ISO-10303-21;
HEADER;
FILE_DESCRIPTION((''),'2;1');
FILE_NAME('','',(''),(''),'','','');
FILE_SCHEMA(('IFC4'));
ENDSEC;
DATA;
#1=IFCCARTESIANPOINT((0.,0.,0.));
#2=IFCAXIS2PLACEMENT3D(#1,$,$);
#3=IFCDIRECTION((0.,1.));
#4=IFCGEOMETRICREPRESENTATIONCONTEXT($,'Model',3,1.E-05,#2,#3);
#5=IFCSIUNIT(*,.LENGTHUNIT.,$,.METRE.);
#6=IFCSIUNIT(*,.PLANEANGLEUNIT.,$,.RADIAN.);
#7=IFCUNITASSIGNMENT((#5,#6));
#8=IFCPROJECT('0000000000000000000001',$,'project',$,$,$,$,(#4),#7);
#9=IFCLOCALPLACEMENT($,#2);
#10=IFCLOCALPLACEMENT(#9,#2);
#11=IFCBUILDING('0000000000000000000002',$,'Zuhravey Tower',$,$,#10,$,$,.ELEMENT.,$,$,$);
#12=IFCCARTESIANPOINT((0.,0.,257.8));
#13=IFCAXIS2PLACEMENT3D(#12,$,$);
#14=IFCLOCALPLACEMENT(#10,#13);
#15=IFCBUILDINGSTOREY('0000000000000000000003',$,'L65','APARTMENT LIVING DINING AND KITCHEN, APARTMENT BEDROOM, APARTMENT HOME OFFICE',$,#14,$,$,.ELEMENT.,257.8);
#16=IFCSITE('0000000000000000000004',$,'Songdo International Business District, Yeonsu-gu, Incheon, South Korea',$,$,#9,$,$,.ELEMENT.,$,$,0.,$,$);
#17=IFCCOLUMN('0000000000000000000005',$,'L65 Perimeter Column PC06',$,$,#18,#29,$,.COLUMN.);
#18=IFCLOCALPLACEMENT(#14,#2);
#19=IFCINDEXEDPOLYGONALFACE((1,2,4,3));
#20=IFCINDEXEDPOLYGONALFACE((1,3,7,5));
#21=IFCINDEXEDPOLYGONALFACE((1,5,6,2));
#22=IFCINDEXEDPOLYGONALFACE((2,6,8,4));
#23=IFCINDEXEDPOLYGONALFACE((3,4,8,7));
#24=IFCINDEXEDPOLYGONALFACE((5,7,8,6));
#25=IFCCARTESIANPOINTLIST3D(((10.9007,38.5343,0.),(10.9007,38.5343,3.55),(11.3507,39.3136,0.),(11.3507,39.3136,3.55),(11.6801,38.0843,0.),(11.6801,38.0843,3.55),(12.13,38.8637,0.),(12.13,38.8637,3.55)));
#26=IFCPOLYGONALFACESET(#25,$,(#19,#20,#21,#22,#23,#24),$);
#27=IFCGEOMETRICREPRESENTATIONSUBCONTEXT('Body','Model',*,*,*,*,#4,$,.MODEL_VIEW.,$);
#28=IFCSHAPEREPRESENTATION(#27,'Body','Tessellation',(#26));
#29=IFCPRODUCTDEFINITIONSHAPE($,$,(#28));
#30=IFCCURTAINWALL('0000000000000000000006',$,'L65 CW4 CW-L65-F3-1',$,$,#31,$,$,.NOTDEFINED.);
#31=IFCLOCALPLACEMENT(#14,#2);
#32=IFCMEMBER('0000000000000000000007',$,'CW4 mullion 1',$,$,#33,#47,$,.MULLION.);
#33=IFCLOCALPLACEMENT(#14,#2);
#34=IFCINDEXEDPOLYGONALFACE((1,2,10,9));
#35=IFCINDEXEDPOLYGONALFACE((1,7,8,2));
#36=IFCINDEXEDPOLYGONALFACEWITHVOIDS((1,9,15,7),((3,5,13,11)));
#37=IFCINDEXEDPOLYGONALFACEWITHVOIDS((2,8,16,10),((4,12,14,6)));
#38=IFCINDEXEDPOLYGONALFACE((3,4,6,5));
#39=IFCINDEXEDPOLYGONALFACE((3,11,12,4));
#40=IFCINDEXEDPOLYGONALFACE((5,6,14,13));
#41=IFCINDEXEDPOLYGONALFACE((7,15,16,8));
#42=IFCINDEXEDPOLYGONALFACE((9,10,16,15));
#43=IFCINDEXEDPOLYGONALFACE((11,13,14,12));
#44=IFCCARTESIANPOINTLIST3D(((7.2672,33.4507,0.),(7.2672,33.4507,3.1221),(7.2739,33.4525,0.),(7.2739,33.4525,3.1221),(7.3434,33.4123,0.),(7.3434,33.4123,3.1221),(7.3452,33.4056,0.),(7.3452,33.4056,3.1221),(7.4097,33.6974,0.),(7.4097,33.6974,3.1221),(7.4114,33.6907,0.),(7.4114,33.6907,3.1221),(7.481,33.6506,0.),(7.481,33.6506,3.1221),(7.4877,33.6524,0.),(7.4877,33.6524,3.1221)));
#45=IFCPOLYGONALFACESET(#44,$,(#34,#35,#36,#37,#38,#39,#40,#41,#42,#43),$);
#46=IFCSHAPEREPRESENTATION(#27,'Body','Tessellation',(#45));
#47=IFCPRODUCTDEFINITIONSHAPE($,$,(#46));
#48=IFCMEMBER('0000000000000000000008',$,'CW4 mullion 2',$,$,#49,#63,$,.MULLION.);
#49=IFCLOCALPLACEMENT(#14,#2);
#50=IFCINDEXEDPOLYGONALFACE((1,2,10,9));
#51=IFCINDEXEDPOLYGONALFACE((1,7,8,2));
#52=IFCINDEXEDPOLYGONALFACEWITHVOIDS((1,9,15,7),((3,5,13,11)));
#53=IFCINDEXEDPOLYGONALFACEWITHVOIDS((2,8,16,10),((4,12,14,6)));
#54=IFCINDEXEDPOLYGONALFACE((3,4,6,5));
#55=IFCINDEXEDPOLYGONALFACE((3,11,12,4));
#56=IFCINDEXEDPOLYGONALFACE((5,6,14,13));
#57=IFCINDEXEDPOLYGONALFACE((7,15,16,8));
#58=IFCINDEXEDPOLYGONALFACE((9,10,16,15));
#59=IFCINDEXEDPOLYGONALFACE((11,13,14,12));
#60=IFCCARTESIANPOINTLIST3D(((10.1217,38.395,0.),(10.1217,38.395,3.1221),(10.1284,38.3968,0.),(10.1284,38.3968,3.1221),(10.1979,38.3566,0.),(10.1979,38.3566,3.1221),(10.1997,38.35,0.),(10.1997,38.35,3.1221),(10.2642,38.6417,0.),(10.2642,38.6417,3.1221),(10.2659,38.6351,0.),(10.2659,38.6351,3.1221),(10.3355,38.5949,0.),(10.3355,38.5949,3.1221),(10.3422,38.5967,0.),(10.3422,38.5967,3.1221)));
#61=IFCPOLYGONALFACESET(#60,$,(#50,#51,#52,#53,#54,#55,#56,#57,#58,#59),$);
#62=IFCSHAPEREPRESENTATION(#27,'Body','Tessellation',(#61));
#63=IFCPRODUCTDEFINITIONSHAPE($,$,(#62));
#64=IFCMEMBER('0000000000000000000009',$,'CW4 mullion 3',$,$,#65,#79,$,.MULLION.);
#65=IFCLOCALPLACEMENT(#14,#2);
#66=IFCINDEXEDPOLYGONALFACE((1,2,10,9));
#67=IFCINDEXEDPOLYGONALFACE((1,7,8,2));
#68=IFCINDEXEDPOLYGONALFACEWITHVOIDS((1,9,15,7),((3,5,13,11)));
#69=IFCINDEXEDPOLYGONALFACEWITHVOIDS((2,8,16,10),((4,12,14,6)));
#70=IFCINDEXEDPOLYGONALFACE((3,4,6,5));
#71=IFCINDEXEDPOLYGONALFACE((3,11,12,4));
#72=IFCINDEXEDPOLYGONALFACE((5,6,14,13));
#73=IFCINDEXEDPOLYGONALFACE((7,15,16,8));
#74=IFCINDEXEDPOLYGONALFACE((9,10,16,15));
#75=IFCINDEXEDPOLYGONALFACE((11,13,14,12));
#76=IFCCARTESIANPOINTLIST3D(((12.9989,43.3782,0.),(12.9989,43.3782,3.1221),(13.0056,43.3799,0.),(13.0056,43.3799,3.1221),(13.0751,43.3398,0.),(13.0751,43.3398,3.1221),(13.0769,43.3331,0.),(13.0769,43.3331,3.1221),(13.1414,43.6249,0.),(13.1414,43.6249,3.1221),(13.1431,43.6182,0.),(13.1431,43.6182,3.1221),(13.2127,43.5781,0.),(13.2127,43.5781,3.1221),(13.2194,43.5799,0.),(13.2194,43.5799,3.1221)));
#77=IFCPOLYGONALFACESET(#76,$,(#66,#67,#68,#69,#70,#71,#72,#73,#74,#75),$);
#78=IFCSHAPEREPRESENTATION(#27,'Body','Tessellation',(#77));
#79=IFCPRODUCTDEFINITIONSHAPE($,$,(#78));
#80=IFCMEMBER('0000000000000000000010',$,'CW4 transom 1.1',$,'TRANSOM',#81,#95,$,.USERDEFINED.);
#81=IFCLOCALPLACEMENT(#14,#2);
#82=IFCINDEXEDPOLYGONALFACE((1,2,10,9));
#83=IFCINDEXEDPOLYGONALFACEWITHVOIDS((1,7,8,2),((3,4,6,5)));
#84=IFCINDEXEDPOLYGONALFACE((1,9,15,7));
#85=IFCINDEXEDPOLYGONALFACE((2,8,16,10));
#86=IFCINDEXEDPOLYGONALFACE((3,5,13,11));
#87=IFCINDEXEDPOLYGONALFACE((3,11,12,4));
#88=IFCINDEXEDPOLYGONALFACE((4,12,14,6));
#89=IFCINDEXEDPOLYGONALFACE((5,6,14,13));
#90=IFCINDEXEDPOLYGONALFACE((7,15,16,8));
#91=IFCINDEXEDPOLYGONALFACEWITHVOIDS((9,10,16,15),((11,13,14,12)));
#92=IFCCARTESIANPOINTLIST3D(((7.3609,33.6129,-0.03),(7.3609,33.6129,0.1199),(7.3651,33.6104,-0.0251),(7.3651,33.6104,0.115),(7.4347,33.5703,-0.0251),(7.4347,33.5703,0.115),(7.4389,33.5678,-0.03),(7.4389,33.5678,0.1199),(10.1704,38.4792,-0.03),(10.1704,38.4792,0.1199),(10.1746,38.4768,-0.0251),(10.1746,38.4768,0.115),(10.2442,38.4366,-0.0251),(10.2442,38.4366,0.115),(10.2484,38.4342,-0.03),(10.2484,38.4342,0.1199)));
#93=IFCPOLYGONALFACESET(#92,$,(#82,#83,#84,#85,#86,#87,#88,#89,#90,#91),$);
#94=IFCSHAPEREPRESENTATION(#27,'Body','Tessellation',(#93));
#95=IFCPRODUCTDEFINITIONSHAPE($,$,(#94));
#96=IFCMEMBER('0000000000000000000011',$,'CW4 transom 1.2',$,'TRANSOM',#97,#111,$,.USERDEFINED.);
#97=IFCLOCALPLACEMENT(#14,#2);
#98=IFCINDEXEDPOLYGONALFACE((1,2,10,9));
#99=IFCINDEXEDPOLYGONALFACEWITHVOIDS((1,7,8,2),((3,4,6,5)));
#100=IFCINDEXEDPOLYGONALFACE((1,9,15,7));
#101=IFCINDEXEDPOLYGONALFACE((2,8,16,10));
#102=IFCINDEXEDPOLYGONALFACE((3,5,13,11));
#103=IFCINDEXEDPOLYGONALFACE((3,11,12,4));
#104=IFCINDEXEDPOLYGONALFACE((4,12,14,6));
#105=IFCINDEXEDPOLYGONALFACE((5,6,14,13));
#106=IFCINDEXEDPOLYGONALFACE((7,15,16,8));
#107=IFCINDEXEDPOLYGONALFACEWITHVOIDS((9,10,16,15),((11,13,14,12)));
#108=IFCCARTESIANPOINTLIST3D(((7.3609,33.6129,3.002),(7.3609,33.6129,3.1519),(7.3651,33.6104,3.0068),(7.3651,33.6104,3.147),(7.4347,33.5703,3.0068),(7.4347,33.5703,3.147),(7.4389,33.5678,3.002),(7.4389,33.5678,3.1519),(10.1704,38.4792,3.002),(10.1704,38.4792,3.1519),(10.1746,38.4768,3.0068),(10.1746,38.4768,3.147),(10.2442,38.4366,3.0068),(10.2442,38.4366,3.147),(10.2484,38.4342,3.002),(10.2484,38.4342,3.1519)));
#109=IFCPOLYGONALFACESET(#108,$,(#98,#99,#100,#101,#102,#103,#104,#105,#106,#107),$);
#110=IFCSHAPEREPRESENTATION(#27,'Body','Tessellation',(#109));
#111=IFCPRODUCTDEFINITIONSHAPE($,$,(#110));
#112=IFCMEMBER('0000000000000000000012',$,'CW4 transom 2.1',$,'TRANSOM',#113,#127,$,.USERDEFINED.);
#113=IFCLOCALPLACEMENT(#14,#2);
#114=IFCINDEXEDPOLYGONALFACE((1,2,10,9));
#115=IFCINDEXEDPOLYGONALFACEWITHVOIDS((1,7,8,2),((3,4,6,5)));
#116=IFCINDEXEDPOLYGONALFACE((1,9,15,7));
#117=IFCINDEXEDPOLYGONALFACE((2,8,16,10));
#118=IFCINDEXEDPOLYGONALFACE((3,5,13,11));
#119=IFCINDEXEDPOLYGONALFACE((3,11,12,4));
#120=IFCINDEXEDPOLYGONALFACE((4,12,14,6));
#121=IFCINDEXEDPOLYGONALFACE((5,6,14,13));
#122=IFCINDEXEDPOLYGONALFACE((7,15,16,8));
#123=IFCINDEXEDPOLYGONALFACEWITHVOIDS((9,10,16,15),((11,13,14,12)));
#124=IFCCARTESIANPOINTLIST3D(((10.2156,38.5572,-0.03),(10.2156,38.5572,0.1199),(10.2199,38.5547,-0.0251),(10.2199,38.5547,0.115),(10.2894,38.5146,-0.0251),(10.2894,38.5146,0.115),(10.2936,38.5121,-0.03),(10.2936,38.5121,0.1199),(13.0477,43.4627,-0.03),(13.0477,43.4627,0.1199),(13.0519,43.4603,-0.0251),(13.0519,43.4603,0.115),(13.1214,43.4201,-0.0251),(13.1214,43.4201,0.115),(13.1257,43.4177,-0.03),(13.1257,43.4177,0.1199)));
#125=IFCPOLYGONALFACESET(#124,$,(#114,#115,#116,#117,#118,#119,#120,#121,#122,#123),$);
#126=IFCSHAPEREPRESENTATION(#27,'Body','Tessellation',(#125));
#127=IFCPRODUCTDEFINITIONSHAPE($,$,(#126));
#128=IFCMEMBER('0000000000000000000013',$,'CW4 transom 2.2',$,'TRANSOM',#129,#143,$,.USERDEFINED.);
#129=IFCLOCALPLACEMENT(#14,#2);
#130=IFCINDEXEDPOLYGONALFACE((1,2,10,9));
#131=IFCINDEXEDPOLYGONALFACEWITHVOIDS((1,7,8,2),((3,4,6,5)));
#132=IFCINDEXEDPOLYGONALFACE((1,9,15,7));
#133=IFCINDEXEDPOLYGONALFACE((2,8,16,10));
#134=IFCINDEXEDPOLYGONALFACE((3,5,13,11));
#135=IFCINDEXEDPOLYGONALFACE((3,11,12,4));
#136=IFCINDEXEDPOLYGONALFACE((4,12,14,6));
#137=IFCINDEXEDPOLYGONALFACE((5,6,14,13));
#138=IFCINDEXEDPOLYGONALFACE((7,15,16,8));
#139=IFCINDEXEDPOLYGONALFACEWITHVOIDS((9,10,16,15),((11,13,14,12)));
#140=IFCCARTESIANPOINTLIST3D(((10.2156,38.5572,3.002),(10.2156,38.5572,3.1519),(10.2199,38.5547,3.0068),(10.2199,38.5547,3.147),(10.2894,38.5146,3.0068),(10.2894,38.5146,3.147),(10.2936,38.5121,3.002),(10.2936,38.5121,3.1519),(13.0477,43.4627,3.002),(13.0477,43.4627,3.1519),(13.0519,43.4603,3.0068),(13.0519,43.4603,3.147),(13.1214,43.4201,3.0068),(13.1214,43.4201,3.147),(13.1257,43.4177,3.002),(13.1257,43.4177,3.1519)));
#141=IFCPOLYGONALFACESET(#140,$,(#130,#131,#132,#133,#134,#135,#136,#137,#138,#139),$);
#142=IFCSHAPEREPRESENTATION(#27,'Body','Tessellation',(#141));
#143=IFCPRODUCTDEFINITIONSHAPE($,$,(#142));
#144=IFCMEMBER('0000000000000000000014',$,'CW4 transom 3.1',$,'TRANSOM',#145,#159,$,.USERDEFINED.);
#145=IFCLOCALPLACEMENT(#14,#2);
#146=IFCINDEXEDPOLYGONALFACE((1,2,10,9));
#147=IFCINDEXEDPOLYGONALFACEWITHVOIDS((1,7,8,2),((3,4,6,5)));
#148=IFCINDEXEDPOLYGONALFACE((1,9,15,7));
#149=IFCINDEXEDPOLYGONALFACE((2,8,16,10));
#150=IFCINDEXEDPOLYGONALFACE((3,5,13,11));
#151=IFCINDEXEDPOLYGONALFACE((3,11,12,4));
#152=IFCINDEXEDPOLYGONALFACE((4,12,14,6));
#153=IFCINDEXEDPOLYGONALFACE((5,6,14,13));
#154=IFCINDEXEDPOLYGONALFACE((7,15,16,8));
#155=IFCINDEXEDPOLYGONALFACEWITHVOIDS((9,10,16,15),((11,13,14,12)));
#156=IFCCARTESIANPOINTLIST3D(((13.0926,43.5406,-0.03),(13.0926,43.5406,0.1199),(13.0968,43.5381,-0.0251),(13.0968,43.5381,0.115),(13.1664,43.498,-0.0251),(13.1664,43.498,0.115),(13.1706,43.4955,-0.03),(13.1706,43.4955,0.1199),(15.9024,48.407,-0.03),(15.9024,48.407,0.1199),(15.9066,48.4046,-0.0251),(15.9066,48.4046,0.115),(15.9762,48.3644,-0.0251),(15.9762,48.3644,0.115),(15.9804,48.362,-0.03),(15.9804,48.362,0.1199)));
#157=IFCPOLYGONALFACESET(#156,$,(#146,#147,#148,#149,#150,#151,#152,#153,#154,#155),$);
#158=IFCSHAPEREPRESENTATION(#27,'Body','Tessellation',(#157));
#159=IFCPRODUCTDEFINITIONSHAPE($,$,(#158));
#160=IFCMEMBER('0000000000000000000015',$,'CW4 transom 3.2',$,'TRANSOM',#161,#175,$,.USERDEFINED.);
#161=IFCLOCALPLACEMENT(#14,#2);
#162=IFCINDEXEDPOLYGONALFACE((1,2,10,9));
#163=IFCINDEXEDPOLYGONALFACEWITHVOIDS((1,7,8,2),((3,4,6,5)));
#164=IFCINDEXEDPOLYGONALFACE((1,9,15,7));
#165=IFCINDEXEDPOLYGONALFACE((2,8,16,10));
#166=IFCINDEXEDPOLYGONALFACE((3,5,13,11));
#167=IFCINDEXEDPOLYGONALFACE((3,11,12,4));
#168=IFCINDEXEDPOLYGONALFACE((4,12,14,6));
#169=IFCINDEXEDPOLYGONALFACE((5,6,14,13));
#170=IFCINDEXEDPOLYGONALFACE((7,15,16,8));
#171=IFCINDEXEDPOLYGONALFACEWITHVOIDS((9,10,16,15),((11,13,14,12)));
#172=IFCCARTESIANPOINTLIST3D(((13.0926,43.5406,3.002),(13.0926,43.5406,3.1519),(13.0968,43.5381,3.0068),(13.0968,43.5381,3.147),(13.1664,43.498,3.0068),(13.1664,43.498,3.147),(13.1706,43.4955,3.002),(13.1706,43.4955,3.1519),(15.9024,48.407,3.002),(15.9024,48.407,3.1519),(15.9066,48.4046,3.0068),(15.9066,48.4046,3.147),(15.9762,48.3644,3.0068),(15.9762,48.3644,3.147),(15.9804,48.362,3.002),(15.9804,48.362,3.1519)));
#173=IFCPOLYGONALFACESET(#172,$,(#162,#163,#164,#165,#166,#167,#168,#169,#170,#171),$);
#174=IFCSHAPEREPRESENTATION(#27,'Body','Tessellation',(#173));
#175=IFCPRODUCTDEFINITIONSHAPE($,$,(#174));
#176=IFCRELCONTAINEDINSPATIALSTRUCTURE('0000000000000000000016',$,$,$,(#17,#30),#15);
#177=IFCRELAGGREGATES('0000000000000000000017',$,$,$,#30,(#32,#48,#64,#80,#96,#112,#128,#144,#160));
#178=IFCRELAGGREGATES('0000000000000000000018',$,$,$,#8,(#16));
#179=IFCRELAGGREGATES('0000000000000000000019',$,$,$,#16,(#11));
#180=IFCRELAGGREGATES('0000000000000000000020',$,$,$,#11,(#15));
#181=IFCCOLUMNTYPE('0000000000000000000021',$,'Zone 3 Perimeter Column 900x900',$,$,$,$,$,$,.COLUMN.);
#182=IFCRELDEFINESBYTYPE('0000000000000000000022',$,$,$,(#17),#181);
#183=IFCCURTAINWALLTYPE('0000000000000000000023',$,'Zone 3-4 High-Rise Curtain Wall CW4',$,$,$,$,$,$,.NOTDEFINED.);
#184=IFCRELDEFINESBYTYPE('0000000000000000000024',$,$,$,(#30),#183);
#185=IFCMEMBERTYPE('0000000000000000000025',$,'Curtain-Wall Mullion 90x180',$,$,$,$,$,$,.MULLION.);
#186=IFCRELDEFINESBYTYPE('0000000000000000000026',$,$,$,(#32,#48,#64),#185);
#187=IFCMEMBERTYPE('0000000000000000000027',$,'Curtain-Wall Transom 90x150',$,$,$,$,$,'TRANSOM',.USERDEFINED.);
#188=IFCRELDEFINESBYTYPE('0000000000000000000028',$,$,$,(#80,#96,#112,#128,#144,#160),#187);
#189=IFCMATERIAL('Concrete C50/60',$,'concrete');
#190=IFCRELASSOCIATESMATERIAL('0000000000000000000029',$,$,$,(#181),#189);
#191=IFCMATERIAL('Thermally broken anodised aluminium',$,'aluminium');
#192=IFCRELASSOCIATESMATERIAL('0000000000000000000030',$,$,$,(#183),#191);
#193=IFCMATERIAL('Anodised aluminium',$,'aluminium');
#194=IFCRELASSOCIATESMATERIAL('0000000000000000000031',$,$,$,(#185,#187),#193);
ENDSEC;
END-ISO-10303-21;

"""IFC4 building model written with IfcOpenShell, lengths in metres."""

from ifc_helpers import new_model, si_unit, direction, frame, origin, origin_2d, place, context, subcontext, project, spatial, rectangle, hollow_rectangle, extrude, material, material_profile, profile_set, type_object, element, aggregate, save


model = new_model("IFC4")

# Units and contexts
model_context = context("Model", 3, precision=1e-05, world=origin(), true_north=direction((0.0, 1.0)))
body_context = subcontext(model_context, "Body", "Model", "MODEL_VIEW")
ifc_project = project(units=[si_unit("LENGTHUNIT", "METRE"), si_unit("PLANEANGLEUNIT", "RADIAN")], contexts=[model_context])

# Site, building, storey
site_placement = place(None, origin())
site = spatial("IfcSite", under=ifc_project, at=site_placement, Name="Songdo International Business District, Yeonsu-gu, Incheon, South Korea", CompositionType="ELEMENT", RefElevation=0.0)
building_placement = place(site_placement, origin())
building = spatial("IfcBuilding", under=site, at=building_placement, Name="Zuhravey Tower", CompositionType="ELEMENT")
storey_placement = place(building_placement, frame((0.0, 0.0, 257.8)))
storey = spatial("IfcBuildingStorey", under=building, at=storey_placement, Name="L65", Description="APARTMENT LIVING DINING AND KITCHEN, APARTMENT BEDROOM, APARTMENT HOME OFFICE", CompositionType="ELEMENT", Elevation=257.8)

# Column
ifc_material_1 = material(Name="Concrete C50/60", Category="concrete")
ifc_material_profile_1 = material_profile(ifc_material_1, rectangle(XDim=0.8999, YDim=0.8999, at=origin_2d()), Name="RC-900x900")
ifc_profile_set_1 = profile_set([ifc_material_profile_1], Name="Concrete C50/60")
column_type = type_object("IfcColumnType", Name="Zone 3 Perimeter Column 900x900", PredefinedType="COLUMN", material=ifc_profile_set_1)
column_placement = place(storey_placement, frame((11.5154, 38.699, 0.0), z_axis=(0.0, 0.0, 1.0), x_axis=(-0.5, -0.866025, 0.0)))
element("IfcColumn", 1, at=column_placement, inside=storey, type_object=column_type, Name="L65 Perimeter Column PC06", PredefinedType="COLUMN", context=body_context, shape_type="SweptSolid", body=[
    extrude(rectangle(XDim=0.8999, YDim=0.8999, at=origin_2d()), origin(), (0.0, 0.0, 1.0), 3.55),
])

# Curtain wall, members
ifc_material_2 = material(Name="Thermally broken anodised aluminium", Category="aluminium")
curtain_wall_type = type_object("IfcCurtainWallType", Name="Zone 3-4 High-Rise Curtain Wall CW4", PredefinedType="NOTDEFINED", material=ifc_material_2)
curtain_wall_placement = place(storey_placement, origin())
curtain_wall = element("IfcCurtainWall", 2, at=curtain_wall_placement, inside=storey, type_object=curtain_wall_type, Name="L65 CW4 CW-L65-F3-1", PredefinedType="NOTDEFINED")
ifc_material_3 = material(Name="Anodised aluminium", Category="aluminium")
ifc_material_profile_2 = material_profile(ifc_material_3, hollow_rectangle(XDim=0.0901, YDim=0.2849, WallThickness=0.0049, at=origin_2d()), Name="ALU-RHS-90x285x5")
ifc_profile_set_2 = profile_set([ifc_material_profile_2], Name="Anodised aluminium")
member_type_1 = type_object("IfcMemberType", Name="Curtain-Wall Mullion 90x180", PredefinedType="MULLION", material=ifc_profile_set_2)
member_1_placement = place(storey_placement, frame((7.3774, 33.5515, 0.0), z_axis=(0.0, 0.0, 1.0), x_axis=(-0.866024, 0.500003, 0.0)))
member_1 = element("IfcMember", 3, at=member_1_placement, type_object=member_type_1, Name="CW4 mullion 1", PredefinedType="MULLION", context=body_context, shape_type="SweptSolid", body=[
    extrude(hollow_rectangle(XDim=0.0901, YDim=0.2849, WallThickness=0.0049, at=origin_2d()), origin(), (0.0, 0.0, 1.0), 3.1221),
])
member_2_placement = place(storey_placement, frame((10.2319, 38.4958, 0.0), z_axis=(0.0, 0.0, 1.0), x_axis=(-0.866024, 0.500003, 0.0)))
member_2 = element("IfcMember", 4, at=member_2_placement, type_object=member_type_1, Name="CW4 mullion 2", PredefinedType="MULLION", context=body_context, shape_type="SweptSolid", body=[
    extrude(hollow_rectangle(XDim=0.0901, YDim=0.2849, WallThickness=0.0049, at=origin_2d()), origin(), (0.0, 0.0, 1.0), 3.1221),
])
member_3_placement = place(storey_placement, frame((13.1091, 43.479, 0.0), z_axis=(0.0, 0.0, 1.0), x_axis=(-0.866024, 0.500003, 0.0)))
member_3 = element("IfcMember", 5, at=member_3_placement, type_object=member_type_1, Name="CW4 mullion 3", PredefinedType="MULLION", context=body_context, shape_type="SweptSolid", body=[
    extrude(hollow_rectangle(XDim=0.0901, YDim=0.2849, WallThickness=0.0049, at=origin_2d()), origin(), (0.0, 0.0, 1.0), 3.1221),
])
ifc_material_profile_3 = material_profile(ifc_material_3, hollow_rectangle(XDim=0.0901, YDim=0.1499, WallThickness=0.0049, at=origin_2d()), Name="ALU-RHS-90x150x5")
ifc_profile_set_3 = profile_set([ifc_material_profile_3], Name="Anodised aluminium")
member_type_2 = type_object("IfcMemberType", Name="Curtain-Wall Transom 90x150", ElementType="TRANSOM", PredefinedType="USERDEFINED", material=ifc_profile_set_3)
member_4_placement = place(storey_placement, frame((7.3999, 33.5903, 0.0449), z_axis=(0.499989, 0.866031, 0.0), x_axis=(-0.866031, 0.499989, 0.0)))
member_4 = element("IfcMember", 6, at=member_4_placement, type_object=member_type_2, Name="CW4 transom 1.1", ObjectType="TRANSOM", PredefinedType="USERDEFINED", context=body_context, shape_type="SweptSolid", body=[
    extrude(hollow_rectangle(XDim=0.0901, YDim=0.1499, WallThickness=0.0049, at=origin_2d()), origin(), (0.0, 0.0, 1.0), 5.6191),
])
member_5_placement = place(storey_placement, frame((7.3999, 33.5903, 3.0769), z_axis=(0.499989, 0.866031, 0.0), x_axis=(-0.866031, 0.499989, 0.0)))
member_5 = element("IfcMember", 7, at=member_5_placement, type_object=member_type_2, Name="CW4 transom 1.2", ObjectType="TRANSOM", PredefinedType="USERDEFINED", context=body_context, shape_type="SweptSolid", body=[
    extrude(hollow_rectangle(XDim=0.0901, YDim=0.1499, WallThickness=0.0049, at=origin_2d()), origin(), (0.0, 0.0, 1.0), 5.6191),
])
member_6_placement = place(storey_placement, frame((10.2546, 38.5347, 0.0449), z_axis=(0.499977, 0.866038, 0.0), x_axis=(-0.866038, 0.499977, 0.0)))
member_6 = element("IfcMember", 8, at=member_6_placement, type_object=member_type_2, Name="CW4 transom 2.1", ObjectType="TRANSOM", PredefinedType="USERDEFINED", context=body_context, shape_type="SweptSolid", body=[
    extrude(hollow_rectangle(XDim=0.0901, YDim=0.1499, WallThickness=0.0049, at=origin_2d()), origin(), (0.0, 0.0, 1.0), 5.6643),
])
member_7_placement = place(storey_placement, frame((10.2546, 38.5347, 3.0769), z_axis=(0.499977, 0.866038, 0.0), x_axis=(-0.866038, 0.499977, 0.0)))
member_7 = element("IfcMember", 9, at=member_7_placement, type_object=member_type_2, Name="CW4 transom 2.2", ObjectType="TRANSOM", PredefinedType="USERDEFINED", context=body_context, shape_type="SweptSolid", body=[
    extrude(hollow_rectangle(XDim=0.0901, YDim=0.1499, WallThickness=0.0049, at=origin_2d()), origin(), (0.0, 0.0, 1.0), 5.6643),
])
member_8_placement = place(storey_placement, frame((13.1316, 43.5181, 0.0449), z_axis=(0.500022, 0.866013, 0.0), x_axis=(-0.866013, 0.500022, 0.0)))
member_8 = element("IfcMember", 10, at=member_8_placement, type_object=member_type_2, Name="CW4 transom 3.1", ObjectType="TRANSOM", PredefinedType="USERDEFINED", context=body_context, shape_type="SweptSolid", body=[
    extrude(hollow_rectangle(XDim=0.0901, YDim=0.1499, WallThickness=0.0049, at=origin_2d()), origin(), (0.0, 0.0, 1.0), 5.6194),
])
member_9_placement = place(storey_placement, frame((13.1316, 43.5181, 3.0769), z_axis=(0.500022, 0.866013, 0.0), x_axis=(-0.866013, 0.500022, 0.0)))
member_9 = element("IfcMember", 11, at=member_9_placement, type_object=member_type_2, Name="CW4 transom 3.2", ObjectType="TRANSOM", PredefinedType="USERDEFINED", context=body_context, shape_type="SweptSolid", body=[
    extrude(hollow_rectangle(XDim=0.0901, YDim=0.1499, WallThickness=0.0049, at=origin_2d()), origin(), (0.0, 0.0, 1.0), 5.6194),
])

aggregate(curtain_wall, [member_1, member_2, member_3, member_4, member_5, member_6, member_7, member_8, member_9])

save(model, "model.ifc")
